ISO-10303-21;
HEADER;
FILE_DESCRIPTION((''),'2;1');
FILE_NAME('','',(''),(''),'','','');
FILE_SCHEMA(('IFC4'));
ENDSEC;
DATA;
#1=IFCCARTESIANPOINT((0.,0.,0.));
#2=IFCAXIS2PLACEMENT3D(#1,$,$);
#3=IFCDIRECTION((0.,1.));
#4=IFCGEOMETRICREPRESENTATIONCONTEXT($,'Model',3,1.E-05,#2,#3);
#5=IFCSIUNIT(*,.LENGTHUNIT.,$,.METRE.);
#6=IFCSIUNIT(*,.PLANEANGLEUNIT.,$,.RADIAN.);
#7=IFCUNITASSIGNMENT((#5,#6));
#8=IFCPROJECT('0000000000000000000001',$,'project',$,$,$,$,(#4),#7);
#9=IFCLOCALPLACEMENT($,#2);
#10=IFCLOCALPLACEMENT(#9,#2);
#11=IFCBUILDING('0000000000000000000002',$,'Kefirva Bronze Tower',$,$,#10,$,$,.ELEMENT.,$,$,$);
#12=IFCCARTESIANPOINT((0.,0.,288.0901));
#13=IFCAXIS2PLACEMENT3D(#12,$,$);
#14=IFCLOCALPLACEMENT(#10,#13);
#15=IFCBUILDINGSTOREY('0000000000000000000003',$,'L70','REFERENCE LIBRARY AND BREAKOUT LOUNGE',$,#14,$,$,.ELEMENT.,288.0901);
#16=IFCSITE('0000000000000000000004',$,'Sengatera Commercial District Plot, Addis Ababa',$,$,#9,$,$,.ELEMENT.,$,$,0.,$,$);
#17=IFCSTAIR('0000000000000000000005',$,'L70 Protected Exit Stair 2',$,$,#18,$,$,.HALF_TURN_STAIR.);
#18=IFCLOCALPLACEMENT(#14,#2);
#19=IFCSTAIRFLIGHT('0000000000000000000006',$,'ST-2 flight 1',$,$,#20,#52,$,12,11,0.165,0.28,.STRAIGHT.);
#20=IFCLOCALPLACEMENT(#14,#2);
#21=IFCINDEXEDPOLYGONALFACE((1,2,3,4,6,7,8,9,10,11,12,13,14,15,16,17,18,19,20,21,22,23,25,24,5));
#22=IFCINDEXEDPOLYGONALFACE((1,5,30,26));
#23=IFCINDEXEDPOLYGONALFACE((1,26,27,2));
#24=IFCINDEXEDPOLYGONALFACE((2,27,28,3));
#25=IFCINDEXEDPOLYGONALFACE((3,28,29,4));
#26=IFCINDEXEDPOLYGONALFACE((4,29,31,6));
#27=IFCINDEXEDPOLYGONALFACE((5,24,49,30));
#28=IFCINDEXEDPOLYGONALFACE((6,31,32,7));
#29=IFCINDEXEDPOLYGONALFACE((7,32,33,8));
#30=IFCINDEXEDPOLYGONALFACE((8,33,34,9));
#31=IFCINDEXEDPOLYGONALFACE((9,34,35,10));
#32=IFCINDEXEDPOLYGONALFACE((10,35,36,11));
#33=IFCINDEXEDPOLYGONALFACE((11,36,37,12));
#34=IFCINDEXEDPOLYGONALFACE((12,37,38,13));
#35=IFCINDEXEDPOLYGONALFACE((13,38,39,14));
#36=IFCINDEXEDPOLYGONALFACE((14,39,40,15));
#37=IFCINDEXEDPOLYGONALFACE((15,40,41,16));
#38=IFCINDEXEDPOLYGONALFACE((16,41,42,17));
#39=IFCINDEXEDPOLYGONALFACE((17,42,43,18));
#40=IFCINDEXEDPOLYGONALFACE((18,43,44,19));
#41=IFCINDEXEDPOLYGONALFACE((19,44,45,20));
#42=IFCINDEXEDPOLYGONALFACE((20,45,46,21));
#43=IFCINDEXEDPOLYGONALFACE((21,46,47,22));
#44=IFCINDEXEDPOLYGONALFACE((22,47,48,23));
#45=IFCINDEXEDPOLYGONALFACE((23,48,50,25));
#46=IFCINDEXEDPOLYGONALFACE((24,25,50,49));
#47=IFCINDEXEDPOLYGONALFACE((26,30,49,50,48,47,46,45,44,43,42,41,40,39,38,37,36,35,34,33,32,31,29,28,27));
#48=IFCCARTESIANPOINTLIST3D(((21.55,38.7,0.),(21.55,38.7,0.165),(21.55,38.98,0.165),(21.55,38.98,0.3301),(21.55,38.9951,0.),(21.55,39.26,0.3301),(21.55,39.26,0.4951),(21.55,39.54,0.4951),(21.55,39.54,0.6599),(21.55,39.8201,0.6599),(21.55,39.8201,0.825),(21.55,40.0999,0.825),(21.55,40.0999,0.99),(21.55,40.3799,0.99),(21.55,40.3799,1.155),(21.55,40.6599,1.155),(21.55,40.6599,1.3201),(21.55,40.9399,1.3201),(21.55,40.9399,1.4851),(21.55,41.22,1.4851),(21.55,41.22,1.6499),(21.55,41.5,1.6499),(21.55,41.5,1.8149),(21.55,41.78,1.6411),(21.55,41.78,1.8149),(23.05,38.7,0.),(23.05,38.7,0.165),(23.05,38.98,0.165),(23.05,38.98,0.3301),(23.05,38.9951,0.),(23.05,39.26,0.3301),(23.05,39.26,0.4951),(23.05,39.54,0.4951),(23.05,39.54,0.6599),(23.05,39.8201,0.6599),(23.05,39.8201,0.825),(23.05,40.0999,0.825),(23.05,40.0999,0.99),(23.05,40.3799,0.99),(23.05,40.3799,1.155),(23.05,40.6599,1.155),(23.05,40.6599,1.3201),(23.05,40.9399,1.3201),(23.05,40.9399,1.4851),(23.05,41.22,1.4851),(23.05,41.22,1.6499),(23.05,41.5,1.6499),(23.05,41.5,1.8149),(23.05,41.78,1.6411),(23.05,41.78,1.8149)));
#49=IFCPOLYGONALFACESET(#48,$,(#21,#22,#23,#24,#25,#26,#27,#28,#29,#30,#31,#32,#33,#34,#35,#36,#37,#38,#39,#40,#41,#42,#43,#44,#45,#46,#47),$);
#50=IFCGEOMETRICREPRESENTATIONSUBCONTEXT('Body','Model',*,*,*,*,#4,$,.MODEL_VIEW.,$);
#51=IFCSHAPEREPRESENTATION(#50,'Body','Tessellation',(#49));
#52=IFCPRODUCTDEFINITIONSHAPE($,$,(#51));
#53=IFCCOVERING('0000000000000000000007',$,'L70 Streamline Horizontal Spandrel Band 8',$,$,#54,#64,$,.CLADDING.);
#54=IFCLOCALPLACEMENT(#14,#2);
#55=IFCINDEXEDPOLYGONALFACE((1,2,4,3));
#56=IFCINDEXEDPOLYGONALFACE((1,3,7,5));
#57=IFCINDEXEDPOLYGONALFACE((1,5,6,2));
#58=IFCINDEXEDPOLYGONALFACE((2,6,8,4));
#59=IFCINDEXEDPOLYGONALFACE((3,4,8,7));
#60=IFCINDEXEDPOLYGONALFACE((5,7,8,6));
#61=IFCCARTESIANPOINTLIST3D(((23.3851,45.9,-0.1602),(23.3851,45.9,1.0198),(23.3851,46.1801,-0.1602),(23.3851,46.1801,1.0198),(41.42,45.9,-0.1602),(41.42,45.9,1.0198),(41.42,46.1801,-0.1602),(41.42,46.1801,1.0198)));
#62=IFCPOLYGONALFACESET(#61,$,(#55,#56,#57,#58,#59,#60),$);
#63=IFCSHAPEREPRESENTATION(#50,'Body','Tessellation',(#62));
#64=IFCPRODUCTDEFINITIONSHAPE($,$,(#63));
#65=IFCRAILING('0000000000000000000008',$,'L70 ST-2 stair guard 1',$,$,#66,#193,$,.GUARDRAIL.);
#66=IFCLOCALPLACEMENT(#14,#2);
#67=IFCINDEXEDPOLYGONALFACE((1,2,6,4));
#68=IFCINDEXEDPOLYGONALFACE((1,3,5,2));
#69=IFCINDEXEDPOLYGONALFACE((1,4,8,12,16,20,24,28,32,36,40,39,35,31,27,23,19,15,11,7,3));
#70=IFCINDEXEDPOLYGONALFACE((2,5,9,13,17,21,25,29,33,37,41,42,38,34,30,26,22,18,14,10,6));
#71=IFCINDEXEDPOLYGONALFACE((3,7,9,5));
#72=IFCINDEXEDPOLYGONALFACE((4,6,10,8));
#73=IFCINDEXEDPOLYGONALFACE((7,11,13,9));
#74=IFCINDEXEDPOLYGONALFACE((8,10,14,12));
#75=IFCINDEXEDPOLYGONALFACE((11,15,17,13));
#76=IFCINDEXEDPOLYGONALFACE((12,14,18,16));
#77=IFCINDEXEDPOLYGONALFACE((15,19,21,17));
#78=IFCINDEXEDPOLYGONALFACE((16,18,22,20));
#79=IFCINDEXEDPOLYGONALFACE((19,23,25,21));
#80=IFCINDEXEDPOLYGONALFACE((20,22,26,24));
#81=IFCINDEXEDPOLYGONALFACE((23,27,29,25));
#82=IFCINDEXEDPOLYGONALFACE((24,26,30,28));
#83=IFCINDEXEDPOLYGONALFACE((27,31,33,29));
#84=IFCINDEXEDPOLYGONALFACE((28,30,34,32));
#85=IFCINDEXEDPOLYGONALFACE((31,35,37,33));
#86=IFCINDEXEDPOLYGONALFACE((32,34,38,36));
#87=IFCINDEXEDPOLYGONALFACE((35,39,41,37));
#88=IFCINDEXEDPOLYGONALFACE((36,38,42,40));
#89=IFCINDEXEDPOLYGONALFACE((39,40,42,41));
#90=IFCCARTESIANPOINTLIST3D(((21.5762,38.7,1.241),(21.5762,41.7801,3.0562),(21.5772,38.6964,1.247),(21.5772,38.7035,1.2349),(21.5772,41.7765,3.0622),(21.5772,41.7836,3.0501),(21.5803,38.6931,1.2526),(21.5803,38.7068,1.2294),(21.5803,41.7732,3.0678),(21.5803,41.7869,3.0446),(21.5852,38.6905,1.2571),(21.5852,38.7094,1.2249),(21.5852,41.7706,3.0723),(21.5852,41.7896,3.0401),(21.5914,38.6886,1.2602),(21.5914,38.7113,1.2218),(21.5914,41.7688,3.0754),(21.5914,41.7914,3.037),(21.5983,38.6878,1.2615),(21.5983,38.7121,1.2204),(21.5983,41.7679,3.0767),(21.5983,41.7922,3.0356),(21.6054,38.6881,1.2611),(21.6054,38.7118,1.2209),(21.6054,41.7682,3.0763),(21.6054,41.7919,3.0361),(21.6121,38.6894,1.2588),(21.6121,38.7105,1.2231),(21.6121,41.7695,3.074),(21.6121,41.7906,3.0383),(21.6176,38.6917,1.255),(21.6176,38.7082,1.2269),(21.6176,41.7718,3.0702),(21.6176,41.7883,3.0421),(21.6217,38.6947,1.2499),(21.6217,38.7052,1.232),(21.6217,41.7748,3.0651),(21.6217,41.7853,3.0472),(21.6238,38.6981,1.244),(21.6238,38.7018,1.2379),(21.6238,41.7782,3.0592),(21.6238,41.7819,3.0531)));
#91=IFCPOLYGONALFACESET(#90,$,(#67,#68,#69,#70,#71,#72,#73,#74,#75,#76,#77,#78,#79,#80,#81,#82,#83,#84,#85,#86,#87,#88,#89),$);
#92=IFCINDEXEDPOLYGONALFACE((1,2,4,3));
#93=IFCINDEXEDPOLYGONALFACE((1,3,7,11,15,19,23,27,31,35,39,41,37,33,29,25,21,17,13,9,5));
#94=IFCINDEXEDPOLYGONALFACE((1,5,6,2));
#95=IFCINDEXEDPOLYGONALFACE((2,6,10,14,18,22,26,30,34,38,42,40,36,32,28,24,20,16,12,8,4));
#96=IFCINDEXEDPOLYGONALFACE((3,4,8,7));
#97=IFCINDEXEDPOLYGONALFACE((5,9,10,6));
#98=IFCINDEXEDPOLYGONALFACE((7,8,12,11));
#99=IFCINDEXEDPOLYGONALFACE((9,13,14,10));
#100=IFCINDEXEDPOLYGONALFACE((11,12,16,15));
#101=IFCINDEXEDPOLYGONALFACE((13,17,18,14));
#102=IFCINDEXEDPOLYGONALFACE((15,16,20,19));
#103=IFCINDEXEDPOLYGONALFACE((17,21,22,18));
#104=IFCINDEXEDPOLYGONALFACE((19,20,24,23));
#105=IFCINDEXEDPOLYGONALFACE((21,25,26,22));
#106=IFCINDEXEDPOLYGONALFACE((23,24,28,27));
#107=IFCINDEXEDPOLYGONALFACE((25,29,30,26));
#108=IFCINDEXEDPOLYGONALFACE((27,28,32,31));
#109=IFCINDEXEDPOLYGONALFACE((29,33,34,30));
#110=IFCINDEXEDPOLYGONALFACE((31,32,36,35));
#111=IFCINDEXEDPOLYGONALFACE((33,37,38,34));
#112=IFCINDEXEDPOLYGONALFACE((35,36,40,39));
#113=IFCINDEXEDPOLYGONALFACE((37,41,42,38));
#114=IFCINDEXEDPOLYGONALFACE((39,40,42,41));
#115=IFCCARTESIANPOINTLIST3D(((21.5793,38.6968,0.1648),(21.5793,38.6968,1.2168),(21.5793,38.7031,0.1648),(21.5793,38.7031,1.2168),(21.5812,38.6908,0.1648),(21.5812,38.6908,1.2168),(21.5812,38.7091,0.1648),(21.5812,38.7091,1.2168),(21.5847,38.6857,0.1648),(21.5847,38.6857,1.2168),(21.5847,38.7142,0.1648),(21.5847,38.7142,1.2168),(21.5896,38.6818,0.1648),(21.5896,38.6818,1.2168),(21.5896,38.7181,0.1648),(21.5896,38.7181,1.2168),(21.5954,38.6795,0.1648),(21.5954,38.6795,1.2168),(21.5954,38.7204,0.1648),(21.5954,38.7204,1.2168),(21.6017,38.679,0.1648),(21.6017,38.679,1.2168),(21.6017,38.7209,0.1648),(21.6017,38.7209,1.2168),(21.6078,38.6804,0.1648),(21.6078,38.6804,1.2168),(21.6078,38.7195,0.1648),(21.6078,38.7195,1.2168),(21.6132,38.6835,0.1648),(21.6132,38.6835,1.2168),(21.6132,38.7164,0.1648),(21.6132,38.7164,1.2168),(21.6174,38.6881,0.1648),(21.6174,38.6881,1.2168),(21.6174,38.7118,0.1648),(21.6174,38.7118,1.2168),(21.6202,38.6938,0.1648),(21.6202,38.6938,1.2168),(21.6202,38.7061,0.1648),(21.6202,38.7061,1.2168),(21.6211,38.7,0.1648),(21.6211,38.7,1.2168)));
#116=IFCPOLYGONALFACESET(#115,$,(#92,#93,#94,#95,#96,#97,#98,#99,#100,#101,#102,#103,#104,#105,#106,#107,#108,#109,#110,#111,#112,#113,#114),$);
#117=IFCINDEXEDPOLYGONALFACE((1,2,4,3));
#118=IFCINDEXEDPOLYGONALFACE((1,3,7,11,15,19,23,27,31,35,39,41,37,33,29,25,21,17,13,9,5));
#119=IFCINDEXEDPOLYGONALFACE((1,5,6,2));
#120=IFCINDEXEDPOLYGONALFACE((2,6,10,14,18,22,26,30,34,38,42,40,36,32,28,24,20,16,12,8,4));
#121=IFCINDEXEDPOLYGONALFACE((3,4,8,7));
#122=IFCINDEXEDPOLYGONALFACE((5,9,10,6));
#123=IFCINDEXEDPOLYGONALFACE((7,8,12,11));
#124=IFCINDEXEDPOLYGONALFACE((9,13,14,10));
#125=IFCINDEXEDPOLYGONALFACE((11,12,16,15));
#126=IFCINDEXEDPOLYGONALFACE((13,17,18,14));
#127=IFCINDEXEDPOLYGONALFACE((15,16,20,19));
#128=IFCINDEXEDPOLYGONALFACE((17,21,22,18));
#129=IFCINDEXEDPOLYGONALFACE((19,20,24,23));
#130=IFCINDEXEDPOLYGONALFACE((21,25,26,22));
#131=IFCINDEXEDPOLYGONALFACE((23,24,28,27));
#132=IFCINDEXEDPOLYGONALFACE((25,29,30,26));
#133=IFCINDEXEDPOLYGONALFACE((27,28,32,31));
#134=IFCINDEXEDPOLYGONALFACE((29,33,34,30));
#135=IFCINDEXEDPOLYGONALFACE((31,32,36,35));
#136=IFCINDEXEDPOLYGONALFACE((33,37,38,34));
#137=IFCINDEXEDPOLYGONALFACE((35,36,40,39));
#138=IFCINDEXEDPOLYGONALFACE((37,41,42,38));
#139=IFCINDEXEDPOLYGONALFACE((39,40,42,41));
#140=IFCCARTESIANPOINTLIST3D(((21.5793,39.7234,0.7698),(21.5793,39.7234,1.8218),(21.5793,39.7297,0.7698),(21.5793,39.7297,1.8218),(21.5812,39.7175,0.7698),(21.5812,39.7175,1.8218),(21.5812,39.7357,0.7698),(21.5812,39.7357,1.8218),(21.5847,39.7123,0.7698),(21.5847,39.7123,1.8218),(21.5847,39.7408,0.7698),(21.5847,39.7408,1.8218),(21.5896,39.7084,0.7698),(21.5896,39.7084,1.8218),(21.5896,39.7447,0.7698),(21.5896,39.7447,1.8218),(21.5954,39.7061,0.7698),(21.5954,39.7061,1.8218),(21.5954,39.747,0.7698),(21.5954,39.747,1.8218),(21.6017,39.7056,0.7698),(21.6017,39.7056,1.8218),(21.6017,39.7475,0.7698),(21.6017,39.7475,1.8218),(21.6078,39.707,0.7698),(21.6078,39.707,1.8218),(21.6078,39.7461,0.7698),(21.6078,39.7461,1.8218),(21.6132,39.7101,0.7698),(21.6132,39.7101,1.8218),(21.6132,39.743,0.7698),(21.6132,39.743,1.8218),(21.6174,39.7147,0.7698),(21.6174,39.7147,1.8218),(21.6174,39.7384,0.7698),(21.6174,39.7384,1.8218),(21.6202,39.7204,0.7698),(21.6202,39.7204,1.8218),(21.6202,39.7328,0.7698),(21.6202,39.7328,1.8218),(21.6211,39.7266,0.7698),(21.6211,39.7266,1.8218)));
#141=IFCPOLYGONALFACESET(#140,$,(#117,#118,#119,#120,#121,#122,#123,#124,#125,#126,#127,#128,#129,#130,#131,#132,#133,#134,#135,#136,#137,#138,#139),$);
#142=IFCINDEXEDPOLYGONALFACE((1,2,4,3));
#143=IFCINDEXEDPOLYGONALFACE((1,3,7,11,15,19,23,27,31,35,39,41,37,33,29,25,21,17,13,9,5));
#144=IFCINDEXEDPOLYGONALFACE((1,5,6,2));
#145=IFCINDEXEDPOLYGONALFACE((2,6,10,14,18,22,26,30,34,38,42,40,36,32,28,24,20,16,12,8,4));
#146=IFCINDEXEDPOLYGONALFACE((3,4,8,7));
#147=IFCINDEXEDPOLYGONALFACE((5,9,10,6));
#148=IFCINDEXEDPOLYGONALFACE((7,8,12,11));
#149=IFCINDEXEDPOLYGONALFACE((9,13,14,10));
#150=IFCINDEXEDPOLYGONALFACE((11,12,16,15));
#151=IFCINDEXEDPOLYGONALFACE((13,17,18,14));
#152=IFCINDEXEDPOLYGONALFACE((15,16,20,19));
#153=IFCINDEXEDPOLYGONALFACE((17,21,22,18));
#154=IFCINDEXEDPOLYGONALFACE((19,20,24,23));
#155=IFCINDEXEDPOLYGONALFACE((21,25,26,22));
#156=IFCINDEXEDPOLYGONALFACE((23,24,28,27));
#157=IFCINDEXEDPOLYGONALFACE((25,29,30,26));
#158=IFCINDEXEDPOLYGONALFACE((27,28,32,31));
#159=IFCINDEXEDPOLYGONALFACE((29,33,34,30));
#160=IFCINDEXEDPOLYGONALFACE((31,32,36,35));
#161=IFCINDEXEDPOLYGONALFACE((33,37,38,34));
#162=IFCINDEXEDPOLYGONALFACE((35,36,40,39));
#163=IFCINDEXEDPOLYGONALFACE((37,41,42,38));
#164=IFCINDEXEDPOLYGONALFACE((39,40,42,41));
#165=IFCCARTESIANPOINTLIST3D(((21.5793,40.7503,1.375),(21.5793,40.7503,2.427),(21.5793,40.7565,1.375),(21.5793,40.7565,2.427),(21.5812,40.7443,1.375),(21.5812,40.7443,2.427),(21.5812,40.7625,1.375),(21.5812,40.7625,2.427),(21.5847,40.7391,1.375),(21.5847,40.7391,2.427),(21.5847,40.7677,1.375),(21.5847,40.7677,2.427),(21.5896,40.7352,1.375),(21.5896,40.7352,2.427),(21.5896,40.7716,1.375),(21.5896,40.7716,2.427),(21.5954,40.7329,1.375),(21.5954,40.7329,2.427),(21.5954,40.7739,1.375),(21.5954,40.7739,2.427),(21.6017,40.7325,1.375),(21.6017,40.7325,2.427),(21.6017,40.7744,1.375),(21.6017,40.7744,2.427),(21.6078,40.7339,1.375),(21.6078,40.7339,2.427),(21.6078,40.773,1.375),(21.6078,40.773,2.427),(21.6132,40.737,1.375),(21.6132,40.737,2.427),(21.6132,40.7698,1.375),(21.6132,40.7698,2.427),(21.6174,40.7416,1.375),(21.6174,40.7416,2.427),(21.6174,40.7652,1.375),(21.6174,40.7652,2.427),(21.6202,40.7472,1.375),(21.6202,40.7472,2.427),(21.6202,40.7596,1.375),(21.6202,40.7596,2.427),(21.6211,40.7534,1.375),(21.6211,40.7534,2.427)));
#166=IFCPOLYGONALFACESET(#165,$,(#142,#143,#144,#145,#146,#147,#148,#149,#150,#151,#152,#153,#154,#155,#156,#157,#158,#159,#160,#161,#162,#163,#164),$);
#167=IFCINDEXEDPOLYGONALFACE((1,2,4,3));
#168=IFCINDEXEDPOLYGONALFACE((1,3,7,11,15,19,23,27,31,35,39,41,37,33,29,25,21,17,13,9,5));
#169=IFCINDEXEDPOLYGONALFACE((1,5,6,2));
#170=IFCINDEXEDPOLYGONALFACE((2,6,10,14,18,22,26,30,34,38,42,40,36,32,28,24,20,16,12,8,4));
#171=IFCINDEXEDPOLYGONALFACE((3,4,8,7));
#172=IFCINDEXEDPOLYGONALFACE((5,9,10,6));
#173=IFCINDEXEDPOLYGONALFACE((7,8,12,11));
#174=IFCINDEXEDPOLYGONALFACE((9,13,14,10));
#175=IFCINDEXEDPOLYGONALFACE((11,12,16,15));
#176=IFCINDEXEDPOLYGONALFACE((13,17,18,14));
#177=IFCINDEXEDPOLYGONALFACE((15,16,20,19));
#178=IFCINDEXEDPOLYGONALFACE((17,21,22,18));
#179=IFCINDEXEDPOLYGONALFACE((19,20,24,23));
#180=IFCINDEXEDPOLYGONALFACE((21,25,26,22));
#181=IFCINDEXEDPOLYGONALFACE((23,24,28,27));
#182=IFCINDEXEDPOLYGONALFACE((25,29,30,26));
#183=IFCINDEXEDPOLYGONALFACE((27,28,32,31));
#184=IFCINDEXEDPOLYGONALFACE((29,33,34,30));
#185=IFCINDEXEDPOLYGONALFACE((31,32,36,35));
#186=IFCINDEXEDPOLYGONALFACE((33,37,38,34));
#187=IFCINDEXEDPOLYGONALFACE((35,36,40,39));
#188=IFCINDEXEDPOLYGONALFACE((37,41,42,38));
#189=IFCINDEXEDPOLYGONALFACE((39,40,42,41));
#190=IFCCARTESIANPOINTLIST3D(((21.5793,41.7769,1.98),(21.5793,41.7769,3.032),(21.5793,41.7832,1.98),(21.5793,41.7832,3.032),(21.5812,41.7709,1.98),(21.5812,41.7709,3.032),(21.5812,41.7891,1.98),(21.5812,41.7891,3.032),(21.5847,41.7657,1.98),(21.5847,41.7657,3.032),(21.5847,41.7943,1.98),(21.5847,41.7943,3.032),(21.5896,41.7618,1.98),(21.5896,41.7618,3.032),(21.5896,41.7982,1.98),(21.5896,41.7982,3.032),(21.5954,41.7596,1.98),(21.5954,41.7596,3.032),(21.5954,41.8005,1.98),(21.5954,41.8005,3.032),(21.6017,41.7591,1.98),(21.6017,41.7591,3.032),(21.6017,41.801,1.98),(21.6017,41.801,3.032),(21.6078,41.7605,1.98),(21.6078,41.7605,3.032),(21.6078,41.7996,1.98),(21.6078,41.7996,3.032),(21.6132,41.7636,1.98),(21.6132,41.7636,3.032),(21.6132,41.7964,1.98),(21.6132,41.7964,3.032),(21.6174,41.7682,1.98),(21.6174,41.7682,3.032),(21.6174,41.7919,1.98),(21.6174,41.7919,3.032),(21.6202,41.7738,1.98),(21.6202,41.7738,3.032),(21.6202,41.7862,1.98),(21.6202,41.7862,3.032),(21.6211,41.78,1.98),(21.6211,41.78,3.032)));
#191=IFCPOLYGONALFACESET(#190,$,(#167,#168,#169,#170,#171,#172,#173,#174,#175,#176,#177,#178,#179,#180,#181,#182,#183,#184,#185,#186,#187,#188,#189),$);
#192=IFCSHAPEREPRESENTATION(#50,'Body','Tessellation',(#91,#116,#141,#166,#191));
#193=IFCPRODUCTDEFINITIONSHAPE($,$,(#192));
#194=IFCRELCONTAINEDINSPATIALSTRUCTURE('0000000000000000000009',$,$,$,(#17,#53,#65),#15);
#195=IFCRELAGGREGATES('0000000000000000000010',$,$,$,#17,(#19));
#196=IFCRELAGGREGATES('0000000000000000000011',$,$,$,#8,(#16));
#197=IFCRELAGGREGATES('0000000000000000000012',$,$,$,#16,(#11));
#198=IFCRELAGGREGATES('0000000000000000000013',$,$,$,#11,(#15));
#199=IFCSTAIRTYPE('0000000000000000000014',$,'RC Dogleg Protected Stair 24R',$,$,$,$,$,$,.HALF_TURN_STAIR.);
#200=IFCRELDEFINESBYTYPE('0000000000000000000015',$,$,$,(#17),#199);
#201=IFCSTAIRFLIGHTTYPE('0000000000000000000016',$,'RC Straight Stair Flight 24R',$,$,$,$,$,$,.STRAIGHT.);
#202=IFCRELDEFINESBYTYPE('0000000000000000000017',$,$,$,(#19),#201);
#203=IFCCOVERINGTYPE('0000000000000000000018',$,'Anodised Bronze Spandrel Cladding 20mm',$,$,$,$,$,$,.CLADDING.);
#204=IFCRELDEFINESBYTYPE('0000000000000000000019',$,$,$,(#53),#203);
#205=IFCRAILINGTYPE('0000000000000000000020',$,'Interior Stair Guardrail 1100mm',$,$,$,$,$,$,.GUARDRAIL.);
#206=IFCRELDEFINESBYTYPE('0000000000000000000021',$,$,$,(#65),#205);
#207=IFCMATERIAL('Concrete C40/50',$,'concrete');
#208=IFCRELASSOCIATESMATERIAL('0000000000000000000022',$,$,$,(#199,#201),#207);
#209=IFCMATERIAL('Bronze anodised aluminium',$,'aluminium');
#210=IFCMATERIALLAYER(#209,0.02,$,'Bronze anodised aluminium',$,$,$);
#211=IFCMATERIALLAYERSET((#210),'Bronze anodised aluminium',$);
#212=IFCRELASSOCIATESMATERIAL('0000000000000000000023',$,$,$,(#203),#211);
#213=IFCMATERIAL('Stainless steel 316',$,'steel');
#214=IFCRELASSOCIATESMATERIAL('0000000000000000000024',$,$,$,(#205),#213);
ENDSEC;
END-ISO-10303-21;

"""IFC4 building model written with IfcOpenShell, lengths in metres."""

from ifc_helpers import new_model, si_unit, direction, frame, origin, origin_2d, place, context, subcontext, project, spatial, polyline, rectangle, circle, outline, extrude, material, layer, layer_set, type_object, element, aggregate, save


model = new_model("IFC4")

# Units and contexts
model_context = context("Model", 3, precision=1e-05, world=origin(), true_north=direction((0.0, 1.0)))
body_context = subcontext(model_context, "Body", "Model", "MODEL_VIEW")
ifc_project = project(units=[si_unit("LENGTHUNIT", "METRE"), si_unit("PLANEANGLEUNIT", "RADIAN")], contexts=[model_context])

# Site, building, storey
site_placement = place(None, origin())
site = spatial("IfcSite", under=ifc_project, at=site_placement, Name="Sengatera Commercial District Plot, Addis Ababa", CompositionType="ELEMENT", RefElevation=0.0)
building_placement = place(site_placement, origin())
building = spatial("IfcBuilding", under=site, at=building_placement, Name="Kefirva Bronze Tower", CompositionType="ELEMENT")
storey_placement = place(building_placement, frame((0.0, 0.0, 288.0901)))
storey = spatial("IfcBuildingStorey", under=building, at=storey_placement, Name="L70", Description="REFERENCE LIBRARY AND BREAKOUT LOUNGE", CompositionType="ELEMENT", Elevation=288.0901)

# Shared definitions
ifc_material_1 = material(Name="Bronze anodised aluminium", Category="aluminium")

# Stair, stair flight
ifc_material_2 = material(Name="Concrete C40/50", Category="concrete")
stair_type = type_object("IfcStairType", Name="RC Dogleg Protected Stair 24R", PredefinedType="HALF_TURN_STAIR", material=ifc_material_2)
stair_placement = place(storey_placement, origin())
stair = element("IfcStair", 1, at=stair_placement, inside=storey, type_object=stair_type, Name="L70 Protected Exit Stair 2", PredefinedType="HALF_TURN_STAIR")
stair_flight_type = type_object("IfcStairFlightType", Name="RC Straight Stair Flight 24R", PredefinedType="STRAIGHT", material=ifc_material_2)
stair_flight_placement = place(storey_placement, frame((22.3, 38.7, 0.0), z_axis=(0.0, 0.0, 1.0), x_axis=(0.0, 1.0, 0.0)))
stair_flight = element("IfcStairFlight", 2, at=stair_flight_placement, type_object=stair_flight_type, Name="ST-2 flight 1", NumberOfRisers=12, NumberOfTreads=11, PredefinedType="STRAIGHT", RiserHeight=0.165, TreadLength=0.28, context=body_context, shape_type="SweptSolid", body=[
    extrude(outline(polyline([(0.0, 0.0), (0.0, 0.165), (0.28, 0.165), (0.28, 0.3301), (0.5601, 0.3301), (0.5601, 0.4951), (0.8401, 0.4951), (0.8401, 0.6599), (1.1201, 0.6599), (1.1201, 0.825), (1.3999, 0.825), (1.3999, 0.99), (1.6799, 0.99), (1.6799, 1.155), (1.96, 1.155), (1.96, 1.3201), (2.24, 1.3201), (2.24, 1.4851), (2.52, 1.4851), (2.52, 1.6499), (2.8, 1.6499), (2.8, 1.8149), (3.0801, 1.8149), (3.0801, 1.98), (3.0801, 1.6411), (0.2952, 0.0), (0.0, 0.0)])), frame((0.0, 0.75, 0.0), z_axis=(0.0, -1.0, 0.0), x_axis=(1.0, 0.0, 0.0)), (0.0, 0.0, 1.0), 1.5),
])
aggregate(stair, [stair_flight])

# Covering
ifc_layer_1 = layer(ifc_material_1, 0.02, Name="Bronze anodised aluminium")
ifc_layer_set_1 = layer_set([ifc_layer_1], Name="Bronze anodised aluminium")
covering_type_1 = type_object("IfcCoveringType", Name="Anodised Bronze Spandrel Cladding 20mm", PredefinedType="CLADDING", material=ifc_layer_set_1)
covering_1_placement = place(storey_placement, frame((32.4026, 46.04, -0.1602), z_axis=(0.0, 0.0, 1.0), x_axis=(-1.0, 0.0, 0.0)))
element("IfcCovering", 3, at=covering_1_placement, inside=storey, type_object=covering_type_1, Name="L70 Streamline Horizontal Spandrel Band 8", PredefinedType="CLADDING", context=body_context, shape_type="SweptSolid", body=[
    extrude(rectangle(XDim=18.0349, YDim=0.28, at=origin_2d()), origin(), (0.0, 0.0, 1.0), 1.1799),
])

# Railing
ifc_material_3 = material(Name="Stainless steel 316", Category="steel")
railing_type_1 = type_object("IfcRailingType", Name="Interior Stair Guardrail 1100mm", PredefinedType="GUARDRAIL", material=ifc_material_3)
railing_1_placement = place(storey_placement, frame((21.6001, 38.7, 0.1648)))
element("IfcRailing", 4, at=railing_1_placement, inside=storey, type_object=railing_type_1, Name="L70 ST-2 stair guard 1", PredefinedType="GUARDRAIL", context=body_context, shape_type="SweptSolid", body=[
    extrude(circle(Radius=0.0239, at=origin_2d()), frame((0.0, 0.0, 1.0762), z_axis=(0.0, 0.861521, 0.507721), x_axis=(-1.0, 0.0, 0.0)), (0.0, 0.0, 1.0), 3.5752),
    extrude(circle(Radius=0.021, at=origin_2d()), origin(), (0.0, 0.0, 1.0), 1.052),
    extrude(circle(Radius=0.021, at=origin_2d()), frame((0.0, 1.0266, 0.605)), (0.0, 0.0, 1.0), 1.052),
    extrude(circle(Radius=0.021, at=origin_2d()), frame((0.0, 2.0535, 1.2102)), (0.0, 0.0, 1.0), 1.052),
    extrude(circle(Radius=0.021, at=origin_2d()), frame((0.0, 3.0801, 1.8152)), (0.0, 0.0, 1.0), 1.052),
])

save(model, "model.ifc")
